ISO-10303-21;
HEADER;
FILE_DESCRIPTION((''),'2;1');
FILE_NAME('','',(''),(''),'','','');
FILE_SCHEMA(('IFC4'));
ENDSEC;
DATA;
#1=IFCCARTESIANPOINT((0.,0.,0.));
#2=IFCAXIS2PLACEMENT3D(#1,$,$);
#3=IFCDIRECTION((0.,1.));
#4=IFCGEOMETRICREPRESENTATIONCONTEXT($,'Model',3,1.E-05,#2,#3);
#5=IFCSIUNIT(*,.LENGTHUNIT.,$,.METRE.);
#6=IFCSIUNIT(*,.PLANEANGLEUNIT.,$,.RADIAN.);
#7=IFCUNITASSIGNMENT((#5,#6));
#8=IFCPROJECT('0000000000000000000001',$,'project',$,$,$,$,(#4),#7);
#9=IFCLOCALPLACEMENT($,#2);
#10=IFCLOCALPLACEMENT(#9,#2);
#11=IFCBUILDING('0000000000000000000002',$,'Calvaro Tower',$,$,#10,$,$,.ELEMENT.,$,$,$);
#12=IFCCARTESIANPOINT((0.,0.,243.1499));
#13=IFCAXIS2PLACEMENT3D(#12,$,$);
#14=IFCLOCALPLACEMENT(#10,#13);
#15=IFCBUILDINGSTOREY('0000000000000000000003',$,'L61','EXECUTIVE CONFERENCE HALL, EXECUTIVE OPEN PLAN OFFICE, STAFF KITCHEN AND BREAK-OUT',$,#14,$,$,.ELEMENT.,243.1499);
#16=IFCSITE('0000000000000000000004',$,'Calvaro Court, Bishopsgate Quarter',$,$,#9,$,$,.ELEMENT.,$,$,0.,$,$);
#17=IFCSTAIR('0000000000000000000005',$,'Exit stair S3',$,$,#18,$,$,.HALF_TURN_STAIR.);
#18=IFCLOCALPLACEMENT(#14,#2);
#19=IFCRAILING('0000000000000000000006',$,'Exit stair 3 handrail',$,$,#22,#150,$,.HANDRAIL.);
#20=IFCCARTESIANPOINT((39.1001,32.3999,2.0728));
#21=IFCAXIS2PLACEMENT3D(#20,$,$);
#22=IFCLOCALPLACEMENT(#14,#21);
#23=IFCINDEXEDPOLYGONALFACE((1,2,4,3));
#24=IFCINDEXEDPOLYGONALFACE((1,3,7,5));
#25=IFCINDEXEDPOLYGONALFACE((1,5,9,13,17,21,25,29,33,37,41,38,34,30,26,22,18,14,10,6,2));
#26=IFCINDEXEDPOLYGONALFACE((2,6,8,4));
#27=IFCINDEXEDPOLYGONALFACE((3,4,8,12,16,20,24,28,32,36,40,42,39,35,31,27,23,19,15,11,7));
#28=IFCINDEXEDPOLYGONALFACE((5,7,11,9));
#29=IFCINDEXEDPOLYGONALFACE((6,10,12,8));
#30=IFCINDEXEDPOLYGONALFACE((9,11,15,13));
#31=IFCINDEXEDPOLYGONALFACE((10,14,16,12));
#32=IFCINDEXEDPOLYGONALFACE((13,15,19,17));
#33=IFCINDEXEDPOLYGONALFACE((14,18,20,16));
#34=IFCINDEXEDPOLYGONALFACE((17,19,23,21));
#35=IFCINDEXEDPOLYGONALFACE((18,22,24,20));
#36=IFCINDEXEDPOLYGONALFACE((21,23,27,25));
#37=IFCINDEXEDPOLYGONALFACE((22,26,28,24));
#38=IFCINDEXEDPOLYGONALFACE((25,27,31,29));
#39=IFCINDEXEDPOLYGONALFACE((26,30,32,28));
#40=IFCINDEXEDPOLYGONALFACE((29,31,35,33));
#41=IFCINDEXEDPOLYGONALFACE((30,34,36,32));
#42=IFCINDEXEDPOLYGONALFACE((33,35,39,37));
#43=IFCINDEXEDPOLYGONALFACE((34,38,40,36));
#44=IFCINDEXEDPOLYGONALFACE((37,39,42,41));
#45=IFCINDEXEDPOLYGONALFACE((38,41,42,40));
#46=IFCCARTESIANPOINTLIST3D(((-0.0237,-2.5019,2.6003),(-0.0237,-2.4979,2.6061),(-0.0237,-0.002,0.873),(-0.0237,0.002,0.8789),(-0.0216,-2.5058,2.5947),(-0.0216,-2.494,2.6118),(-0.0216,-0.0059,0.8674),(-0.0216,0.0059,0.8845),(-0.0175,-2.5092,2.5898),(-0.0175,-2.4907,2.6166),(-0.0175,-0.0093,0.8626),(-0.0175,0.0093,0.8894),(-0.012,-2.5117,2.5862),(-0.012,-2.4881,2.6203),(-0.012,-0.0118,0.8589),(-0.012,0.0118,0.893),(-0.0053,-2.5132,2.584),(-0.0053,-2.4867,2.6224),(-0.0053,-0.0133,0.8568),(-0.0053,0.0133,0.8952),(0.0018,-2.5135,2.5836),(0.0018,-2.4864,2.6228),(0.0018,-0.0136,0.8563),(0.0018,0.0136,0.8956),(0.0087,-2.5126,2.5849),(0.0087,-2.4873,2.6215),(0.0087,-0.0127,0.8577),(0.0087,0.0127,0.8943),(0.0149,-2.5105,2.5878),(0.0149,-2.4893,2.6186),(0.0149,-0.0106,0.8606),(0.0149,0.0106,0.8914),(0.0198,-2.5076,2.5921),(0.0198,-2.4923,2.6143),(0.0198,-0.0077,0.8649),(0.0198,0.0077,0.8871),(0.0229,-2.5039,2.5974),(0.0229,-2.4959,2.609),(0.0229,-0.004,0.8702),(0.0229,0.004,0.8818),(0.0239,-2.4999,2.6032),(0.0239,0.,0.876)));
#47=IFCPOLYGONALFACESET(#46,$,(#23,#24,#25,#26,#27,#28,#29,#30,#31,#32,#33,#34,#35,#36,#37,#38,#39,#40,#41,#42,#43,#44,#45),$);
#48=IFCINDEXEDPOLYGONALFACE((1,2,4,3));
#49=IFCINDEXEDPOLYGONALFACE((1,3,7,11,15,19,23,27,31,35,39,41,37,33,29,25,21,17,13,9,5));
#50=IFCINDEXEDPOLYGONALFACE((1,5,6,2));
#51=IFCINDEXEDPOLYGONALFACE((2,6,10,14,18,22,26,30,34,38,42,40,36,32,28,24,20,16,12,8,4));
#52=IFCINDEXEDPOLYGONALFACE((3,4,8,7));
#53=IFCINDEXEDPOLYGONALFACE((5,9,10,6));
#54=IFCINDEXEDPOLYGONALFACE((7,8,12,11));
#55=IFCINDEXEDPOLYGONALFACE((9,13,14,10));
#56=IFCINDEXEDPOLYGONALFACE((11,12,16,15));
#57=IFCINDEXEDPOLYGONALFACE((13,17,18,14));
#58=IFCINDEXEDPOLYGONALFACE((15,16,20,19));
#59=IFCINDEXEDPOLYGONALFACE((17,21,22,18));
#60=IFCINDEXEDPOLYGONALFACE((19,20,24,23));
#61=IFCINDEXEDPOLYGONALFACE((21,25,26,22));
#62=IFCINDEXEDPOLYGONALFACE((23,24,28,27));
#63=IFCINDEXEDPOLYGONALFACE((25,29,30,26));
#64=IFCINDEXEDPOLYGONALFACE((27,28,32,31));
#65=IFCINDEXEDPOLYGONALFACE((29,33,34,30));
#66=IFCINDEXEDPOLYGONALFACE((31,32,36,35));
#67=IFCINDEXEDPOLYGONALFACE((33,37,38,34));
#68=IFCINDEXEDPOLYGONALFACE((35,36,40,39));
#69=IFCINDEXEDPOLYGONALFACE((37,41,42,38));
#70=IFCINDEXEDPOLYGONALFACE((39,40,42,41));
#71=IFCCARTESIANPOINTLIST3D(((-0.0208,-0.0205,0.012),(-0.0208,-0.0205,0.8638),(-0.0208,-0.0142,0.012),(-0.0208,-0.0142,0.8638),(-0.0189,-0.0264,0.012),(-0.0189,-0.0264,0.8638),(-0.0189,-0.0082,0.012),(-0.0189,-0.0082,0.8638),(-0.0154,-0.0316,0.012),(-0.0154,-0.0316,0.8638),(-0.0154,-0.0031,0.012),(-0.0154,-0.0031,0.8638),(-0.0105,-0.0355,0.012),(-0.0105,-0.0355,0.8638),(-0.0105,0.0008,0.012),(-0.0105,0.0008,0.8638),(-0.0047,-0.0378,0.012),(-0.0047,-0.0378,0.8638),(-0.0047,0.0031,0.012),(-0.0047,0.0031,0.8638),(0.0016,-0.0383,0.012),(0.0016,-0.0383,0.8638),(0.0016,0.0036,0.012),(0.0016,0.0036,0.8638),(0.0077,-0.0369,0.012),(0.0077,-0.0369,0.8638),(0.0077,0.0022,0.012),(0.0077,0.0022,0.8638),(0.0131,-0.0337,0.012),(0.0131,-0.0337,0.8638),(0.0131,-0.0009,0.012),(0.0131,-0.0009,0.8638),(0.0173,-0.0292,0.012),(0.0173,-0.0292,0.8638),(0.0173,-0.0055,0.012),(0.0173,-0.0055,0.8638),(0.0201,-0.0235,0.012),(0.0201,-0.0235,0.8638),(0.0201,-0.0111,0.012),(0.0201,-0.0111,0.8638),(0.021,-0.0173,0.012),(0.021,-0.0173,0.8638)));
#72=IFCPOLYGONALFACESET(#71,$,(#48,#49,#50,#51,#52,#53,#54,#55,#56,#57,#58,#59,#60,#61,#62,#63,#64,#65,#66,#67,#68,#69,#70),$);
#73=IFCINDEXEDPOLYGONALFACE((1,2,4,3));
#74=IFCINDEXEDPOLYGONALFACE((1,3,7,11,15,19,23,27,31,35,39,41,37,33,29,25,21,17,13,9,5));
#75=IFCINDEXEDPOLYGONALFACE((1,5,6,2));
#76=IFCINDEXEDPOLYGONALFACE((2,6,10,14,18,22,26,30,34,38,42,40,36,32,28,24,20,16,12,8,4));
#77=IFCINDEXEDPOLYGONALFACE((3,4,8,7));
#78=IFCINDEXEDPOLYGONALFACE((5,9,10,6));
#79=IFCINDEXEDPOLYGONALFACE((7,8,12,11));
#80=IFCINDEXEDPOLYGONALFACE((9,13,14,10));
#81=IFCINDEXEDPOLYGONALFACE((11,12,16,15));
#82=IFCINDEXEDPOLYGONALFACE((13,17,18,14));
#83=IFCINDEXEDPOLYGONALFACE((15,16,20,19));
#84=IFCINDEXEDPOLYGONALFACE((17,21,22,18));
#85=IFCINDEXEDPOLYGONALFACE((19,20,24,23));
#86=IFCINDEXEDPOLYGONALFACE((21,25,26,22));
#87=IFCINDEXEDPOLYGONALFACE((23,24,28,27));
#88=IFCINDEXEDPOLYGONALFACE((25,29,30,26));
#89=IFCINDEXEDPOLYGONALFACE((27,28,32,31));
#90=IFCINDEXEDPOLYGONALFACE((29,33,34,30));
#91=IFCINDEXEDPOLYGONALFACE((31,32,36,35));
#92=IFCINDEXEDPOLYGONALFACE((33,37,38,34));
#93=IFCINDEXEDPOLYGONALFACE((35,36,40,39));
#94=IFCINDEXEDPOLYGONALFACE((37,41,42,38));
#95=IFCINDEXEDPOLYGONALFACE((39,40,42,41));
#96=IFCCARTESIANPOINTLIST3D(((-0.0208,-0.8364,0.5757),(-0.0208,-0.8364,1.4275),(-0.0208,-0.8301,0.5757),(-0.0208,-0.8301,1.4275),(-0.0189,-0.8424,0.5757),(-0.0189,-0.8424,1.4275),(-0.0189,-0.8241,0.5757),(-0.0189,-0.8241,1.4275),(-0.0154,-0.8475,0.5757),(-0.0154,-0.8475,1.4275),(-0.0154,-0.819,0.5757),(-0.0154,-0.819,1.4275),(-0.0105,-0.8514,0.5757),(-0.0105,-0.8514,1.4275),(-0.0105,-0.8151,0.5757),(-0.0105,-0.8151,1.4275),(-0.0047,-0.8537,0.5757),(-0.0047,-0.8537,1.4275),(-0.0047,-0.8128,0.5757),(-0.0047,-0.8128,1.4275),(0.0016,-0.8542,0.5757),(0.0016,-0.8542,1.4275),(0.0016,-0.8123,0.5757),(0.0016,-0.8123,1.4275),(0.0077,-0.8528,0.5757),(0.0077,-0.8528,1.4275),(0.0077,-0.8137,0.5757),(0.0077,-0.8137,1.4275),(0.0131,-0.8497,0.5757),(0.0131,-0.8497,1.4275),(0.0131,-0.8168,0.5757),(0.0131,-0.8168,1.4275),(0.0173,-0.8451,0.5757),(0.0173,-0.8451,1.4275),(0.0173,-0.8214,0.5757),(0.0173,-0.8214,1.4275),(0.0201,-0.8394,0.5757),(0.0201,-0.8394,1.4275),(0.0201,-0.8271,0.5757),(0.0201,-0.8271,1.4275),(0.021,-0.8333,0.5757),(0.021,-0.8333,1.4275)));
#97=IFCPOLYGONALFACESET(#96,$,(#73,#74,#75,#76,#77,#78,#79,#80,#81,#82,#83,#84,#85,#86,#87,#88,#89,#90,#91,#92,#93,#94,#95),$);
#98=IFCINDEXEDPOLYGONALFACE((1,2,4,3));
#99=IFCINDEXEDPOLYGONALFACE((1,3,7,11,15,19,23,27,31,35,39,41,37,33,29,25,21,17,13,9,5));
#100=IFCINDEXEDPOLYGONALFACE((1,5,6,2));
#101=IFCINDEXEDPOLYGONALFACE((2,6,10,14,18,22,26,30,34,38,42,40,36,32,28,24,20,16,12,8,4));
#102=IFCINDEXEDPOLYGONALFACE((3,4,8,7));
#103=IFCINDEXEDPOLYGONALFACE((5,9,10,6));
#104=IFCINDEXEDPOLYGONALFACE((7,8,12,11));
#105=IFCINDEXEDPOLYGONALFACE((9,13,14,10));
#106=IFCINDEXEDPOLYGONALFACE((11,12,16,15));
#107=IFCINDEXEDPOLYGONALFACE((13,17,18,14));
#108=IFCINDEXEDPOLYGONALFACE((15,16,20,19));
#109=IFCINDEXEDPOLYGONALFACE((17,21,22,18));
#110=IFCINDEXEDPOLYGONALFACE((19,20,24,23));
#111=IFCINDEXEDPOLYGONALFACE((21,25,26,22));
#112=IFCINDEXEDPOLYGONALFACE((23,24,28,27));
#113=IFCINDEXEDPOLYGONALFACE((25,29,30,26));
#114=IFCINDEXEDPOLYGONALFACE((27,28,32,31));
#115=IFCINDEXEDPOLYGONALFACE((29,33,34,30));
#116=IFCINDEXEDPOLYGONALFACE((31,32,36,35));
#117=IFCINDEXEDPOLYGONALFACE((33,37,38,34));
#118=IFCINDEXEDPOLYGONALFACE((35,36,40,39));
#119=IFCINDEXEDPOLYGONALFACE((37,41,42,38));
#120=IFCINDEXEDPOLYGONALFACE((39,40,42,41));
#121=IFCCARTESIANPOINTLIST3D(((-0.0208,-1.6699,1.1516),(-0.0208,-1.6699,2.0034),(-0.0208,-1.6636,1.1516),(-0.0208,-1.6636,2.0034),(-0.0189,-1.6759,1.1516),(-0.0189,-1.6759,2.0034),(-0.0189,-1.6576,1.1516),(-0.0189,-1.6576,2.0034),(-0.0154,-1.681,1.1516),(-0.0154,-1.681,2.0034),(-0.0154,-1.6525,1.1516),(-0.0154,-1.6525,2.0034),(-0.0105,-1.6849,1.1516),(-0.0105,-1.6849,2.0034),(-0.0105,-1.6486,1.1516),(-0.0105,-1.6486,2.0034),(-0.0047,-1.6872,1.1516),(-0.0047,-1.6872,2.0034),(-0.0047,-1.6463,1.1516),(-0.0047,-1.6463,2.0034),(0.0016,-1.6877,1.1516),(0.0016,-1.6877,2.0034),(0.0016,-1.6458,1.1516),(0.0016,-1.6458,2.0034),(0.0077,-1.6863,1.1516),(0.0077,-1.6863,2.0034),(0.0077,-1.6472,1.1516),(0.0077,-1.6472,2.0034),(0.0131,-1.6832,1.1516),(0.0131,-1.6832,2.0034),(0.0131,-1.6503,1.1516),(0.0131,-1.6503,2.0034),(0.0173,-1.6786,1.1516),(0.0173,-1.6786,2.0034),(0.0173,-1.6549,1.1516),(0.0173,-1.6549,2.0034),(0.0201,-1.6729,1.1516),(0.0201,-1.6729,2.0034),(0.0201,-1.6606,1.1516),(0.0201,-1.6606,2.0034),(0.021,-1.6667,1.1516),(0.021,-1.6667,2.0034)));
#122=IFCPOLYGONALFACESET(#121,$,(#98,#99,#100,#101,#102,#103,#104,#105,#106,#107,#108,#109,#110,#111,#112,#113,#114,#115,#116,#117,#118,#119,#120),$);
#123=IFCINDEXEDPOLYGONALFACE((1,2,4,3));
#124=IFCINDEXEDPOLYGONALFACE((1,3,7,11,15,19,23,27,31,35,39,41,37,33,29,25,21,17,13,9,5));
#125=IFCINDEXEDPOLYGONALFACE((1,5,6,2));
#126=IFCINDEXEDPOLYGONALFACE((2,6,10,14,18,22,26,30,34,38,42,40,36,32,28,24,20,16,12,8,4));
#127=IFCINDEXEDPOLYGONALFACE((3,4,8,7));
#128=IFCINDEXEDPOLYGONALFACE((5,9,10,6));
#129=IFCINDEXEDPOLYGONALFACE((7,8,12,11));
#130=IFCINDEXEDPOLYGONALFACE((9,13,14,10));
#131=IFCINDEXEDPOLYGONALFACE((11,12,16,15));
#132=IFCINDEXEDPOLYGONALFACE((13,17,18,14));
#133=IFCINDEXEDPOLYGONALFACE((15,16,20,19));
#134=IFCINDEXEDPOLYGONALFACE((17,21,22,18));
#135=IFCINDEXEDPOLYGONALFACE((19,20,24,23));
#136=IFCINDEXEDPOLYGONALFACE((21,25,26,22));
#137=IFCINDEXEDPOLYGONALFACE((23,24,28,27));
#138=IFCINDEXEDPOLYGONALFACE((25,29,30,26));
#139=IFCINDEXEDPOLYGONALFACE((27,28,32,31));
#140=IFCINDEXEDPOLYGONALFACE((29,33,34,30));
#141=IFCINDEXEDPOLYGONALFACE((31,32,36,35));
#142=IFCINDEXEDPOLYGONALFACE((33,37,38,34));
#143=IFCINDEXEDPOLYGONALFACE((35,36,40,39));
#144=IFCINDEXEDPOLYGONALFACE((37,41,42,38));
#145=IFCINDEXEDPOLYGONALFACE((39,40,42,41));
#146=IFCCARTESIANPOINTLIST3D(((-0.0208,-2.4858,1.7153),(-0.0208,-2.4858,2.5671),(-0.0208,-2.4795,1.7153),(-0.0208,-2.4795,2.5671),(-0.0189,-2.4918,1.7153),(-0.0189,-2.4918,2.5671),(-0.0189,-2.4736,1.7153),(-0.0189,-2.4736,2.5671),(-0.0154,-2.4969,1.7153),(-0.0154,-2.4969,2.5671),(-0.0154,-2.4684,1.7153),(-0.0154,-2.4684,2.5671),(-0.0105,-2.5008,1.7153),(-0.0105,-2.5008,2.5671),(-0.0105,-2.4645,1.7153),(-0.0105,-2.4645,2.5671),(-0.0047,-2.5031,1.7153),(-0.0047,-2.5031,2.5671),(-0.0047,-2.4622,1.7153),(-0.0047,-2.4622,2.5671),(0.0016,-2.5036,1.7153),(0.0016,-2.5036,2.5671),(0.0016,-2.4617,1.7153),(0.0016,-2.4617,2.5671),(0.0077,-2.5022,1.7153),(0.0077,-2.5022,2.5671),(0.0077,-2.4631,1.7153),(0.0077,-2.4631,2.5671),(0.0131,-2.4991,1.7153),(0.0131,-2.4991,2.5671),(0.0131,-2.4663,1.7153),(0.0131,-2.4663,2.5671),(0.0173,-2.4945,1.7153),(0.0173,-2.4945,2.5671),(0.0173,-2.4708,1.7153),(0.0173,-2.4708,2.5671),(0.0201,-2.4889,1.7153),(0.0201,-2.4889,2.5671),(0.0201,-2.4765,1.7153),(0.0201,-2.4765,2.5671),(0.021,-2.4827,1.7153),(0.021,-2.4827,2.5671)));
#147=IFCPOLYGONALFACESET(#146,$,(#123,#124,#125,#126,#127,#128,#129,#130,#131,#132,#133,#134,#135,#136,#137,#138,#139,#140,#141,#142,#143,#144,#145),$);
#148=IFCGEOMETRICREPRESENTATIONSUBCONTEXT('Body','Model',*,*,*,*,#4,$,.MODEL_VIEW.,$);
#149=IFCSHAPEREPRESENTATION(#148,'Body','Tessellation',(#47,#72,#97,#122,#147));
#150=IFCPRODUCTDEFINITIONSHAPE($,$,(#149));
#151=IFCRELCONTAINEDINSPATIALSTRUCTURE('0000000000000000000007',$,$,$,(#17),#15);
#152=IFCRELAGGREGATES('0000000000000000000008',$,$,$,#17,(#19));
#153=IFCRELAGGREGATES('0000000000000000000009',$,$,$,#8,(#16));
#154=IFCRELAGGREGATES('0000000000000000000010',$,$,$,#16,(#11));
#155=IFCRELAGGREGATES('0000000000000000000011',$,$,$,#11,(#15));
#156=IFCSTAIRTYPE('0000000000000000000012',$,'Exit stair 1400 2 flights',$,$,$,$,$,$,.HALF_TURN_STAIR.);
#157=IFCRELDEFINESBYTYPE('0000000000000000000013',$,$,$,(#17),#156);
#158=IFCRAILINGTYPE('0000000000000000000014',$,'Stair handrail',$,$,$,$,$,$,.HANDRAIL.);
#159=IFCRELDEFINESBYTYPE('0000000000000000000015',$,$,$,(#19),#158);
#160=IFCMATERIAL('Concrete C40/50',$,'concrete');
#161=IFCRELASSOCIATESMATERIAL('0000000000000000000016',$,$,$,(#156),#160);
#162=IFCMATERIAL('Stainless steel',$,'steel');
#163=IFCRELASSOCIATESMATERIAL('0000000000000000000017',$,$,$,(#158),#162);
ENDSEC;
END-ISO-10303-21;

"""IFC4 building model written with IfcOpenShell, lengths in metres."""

from ifc_helpers import new_model, si_unit, direction, frame, origin, origin_2d, place, context, subcontext, project, spatial, circle, extrude, material, type_object, element, aggregate, save


model = new_model("IFC4")

# Units and contexts
model_context = context("Model", 3, precision=1e-05, world=origin(), true_north=direction((0.0, 1.0)))
body_context = subcontext(model_context, "Body", "Model", "MODEL_VIEW")
ifc_project = project(units=[si_unit("LENGTHUNIT", "METRE"), si_unit("PLANEANGLEUNIT", "RADIAN")], contexts=[model_context])

# Site, building, storey
site_placement = place(None, origin())
site = spatial("IfcSite", under=ifc_project, at=site_placement, Name="Calvaro Court, Bishopsgate Quarter", CompositionType="ELEMENT", RefElevation=0.0)
building_placement = place(site_placement, origin())
building = spatial("IfcBuilding", under=site, at=building_placement, Name="Calvaro Tower", CompositionType="ELEMENT")
storey_placement = place(building_placement, frame((0.0, 0.0, 243.1499)))
storey = spatial("IfcBuildingStorey", under=building, at=storey_placement, Name="L61", Description="EXECUTIVE CONFERENCE HALL, EXECUTIVE OPEN PLAN OFFICE, STAFF KITCHEN AND BREAK-OUT", CompositionType="ELEMENT", Elevation=243.1499)

# Stair
ifc_material_1 = material(Name="Concrete C40/50", Category="concrete")
stair_type = type_object("IfcStairType", Name="Exit stair 1400 2 flights", PredefinedType="HALF_TURN_STAIR", material=ifc_material_1)
stair_1_placement = place(storey_placement, origin())
stair_1 = element("IfcStair", 1, at=stair_1_placement, inside=storey, type_object=stair_type, Name="Exit stair S3", PredefinedType="HALF_TURN_STAIR")

# Railing
ifc_material_2 = material(Name="Stainless steel", Category="steel")
railing_type = type_object("IfcRailingType", Name="Stair handrail", PredefinedType="HANDRAIL", material=ifc_material_2)
railing_1_placement = place(storey_placement, frame((39.1001, 32.3999, 2.0728)))
railing_1 = element("IfcRailing", 2, at=railing_1_placement, type_object=railing_type, Name="Exit stair 3 handrail", PredefinedType="HANDRAIL", context=body_context, shape_type="SweptSolid", body=[
    extrude(circle(Radius=0.0239, at=origin_2d()), frame((0.0, 0.0, 0.876), z_axis=(0.0, -0.822727, 0.568437), x_axis=(1.0, 0.0, 0.0)), (0.0, 0.0, 1.0), 3.0386),
    extrude(circle(Radius=0.021, at=origin_2d()), frame((0.0, -0.0173, 0.012)), (0.0, 0.0, 1.0), 0.8518),
    extrude(circle(Radius=0.021, at=origin_2d()), frame((0.0, -0.8333, 0.5757)), (0.0, 0.0, 1.0), 0.8518),
    extrude(circle(Radius=0.021, at=origin_2d()), frame((0.0, -1.6667, 1.1516)), (0.0, 0.0, 1.0), 0.8518),
    extrude(circle(Radius=0.021, at=origin_2d()), frame((0.0, -2.4827, 1.7153)), (0.0, 0.0, 1.0), 0.8518),
])
aggregate(stair_1, [railing_1])

save(model, "model.ifc")
